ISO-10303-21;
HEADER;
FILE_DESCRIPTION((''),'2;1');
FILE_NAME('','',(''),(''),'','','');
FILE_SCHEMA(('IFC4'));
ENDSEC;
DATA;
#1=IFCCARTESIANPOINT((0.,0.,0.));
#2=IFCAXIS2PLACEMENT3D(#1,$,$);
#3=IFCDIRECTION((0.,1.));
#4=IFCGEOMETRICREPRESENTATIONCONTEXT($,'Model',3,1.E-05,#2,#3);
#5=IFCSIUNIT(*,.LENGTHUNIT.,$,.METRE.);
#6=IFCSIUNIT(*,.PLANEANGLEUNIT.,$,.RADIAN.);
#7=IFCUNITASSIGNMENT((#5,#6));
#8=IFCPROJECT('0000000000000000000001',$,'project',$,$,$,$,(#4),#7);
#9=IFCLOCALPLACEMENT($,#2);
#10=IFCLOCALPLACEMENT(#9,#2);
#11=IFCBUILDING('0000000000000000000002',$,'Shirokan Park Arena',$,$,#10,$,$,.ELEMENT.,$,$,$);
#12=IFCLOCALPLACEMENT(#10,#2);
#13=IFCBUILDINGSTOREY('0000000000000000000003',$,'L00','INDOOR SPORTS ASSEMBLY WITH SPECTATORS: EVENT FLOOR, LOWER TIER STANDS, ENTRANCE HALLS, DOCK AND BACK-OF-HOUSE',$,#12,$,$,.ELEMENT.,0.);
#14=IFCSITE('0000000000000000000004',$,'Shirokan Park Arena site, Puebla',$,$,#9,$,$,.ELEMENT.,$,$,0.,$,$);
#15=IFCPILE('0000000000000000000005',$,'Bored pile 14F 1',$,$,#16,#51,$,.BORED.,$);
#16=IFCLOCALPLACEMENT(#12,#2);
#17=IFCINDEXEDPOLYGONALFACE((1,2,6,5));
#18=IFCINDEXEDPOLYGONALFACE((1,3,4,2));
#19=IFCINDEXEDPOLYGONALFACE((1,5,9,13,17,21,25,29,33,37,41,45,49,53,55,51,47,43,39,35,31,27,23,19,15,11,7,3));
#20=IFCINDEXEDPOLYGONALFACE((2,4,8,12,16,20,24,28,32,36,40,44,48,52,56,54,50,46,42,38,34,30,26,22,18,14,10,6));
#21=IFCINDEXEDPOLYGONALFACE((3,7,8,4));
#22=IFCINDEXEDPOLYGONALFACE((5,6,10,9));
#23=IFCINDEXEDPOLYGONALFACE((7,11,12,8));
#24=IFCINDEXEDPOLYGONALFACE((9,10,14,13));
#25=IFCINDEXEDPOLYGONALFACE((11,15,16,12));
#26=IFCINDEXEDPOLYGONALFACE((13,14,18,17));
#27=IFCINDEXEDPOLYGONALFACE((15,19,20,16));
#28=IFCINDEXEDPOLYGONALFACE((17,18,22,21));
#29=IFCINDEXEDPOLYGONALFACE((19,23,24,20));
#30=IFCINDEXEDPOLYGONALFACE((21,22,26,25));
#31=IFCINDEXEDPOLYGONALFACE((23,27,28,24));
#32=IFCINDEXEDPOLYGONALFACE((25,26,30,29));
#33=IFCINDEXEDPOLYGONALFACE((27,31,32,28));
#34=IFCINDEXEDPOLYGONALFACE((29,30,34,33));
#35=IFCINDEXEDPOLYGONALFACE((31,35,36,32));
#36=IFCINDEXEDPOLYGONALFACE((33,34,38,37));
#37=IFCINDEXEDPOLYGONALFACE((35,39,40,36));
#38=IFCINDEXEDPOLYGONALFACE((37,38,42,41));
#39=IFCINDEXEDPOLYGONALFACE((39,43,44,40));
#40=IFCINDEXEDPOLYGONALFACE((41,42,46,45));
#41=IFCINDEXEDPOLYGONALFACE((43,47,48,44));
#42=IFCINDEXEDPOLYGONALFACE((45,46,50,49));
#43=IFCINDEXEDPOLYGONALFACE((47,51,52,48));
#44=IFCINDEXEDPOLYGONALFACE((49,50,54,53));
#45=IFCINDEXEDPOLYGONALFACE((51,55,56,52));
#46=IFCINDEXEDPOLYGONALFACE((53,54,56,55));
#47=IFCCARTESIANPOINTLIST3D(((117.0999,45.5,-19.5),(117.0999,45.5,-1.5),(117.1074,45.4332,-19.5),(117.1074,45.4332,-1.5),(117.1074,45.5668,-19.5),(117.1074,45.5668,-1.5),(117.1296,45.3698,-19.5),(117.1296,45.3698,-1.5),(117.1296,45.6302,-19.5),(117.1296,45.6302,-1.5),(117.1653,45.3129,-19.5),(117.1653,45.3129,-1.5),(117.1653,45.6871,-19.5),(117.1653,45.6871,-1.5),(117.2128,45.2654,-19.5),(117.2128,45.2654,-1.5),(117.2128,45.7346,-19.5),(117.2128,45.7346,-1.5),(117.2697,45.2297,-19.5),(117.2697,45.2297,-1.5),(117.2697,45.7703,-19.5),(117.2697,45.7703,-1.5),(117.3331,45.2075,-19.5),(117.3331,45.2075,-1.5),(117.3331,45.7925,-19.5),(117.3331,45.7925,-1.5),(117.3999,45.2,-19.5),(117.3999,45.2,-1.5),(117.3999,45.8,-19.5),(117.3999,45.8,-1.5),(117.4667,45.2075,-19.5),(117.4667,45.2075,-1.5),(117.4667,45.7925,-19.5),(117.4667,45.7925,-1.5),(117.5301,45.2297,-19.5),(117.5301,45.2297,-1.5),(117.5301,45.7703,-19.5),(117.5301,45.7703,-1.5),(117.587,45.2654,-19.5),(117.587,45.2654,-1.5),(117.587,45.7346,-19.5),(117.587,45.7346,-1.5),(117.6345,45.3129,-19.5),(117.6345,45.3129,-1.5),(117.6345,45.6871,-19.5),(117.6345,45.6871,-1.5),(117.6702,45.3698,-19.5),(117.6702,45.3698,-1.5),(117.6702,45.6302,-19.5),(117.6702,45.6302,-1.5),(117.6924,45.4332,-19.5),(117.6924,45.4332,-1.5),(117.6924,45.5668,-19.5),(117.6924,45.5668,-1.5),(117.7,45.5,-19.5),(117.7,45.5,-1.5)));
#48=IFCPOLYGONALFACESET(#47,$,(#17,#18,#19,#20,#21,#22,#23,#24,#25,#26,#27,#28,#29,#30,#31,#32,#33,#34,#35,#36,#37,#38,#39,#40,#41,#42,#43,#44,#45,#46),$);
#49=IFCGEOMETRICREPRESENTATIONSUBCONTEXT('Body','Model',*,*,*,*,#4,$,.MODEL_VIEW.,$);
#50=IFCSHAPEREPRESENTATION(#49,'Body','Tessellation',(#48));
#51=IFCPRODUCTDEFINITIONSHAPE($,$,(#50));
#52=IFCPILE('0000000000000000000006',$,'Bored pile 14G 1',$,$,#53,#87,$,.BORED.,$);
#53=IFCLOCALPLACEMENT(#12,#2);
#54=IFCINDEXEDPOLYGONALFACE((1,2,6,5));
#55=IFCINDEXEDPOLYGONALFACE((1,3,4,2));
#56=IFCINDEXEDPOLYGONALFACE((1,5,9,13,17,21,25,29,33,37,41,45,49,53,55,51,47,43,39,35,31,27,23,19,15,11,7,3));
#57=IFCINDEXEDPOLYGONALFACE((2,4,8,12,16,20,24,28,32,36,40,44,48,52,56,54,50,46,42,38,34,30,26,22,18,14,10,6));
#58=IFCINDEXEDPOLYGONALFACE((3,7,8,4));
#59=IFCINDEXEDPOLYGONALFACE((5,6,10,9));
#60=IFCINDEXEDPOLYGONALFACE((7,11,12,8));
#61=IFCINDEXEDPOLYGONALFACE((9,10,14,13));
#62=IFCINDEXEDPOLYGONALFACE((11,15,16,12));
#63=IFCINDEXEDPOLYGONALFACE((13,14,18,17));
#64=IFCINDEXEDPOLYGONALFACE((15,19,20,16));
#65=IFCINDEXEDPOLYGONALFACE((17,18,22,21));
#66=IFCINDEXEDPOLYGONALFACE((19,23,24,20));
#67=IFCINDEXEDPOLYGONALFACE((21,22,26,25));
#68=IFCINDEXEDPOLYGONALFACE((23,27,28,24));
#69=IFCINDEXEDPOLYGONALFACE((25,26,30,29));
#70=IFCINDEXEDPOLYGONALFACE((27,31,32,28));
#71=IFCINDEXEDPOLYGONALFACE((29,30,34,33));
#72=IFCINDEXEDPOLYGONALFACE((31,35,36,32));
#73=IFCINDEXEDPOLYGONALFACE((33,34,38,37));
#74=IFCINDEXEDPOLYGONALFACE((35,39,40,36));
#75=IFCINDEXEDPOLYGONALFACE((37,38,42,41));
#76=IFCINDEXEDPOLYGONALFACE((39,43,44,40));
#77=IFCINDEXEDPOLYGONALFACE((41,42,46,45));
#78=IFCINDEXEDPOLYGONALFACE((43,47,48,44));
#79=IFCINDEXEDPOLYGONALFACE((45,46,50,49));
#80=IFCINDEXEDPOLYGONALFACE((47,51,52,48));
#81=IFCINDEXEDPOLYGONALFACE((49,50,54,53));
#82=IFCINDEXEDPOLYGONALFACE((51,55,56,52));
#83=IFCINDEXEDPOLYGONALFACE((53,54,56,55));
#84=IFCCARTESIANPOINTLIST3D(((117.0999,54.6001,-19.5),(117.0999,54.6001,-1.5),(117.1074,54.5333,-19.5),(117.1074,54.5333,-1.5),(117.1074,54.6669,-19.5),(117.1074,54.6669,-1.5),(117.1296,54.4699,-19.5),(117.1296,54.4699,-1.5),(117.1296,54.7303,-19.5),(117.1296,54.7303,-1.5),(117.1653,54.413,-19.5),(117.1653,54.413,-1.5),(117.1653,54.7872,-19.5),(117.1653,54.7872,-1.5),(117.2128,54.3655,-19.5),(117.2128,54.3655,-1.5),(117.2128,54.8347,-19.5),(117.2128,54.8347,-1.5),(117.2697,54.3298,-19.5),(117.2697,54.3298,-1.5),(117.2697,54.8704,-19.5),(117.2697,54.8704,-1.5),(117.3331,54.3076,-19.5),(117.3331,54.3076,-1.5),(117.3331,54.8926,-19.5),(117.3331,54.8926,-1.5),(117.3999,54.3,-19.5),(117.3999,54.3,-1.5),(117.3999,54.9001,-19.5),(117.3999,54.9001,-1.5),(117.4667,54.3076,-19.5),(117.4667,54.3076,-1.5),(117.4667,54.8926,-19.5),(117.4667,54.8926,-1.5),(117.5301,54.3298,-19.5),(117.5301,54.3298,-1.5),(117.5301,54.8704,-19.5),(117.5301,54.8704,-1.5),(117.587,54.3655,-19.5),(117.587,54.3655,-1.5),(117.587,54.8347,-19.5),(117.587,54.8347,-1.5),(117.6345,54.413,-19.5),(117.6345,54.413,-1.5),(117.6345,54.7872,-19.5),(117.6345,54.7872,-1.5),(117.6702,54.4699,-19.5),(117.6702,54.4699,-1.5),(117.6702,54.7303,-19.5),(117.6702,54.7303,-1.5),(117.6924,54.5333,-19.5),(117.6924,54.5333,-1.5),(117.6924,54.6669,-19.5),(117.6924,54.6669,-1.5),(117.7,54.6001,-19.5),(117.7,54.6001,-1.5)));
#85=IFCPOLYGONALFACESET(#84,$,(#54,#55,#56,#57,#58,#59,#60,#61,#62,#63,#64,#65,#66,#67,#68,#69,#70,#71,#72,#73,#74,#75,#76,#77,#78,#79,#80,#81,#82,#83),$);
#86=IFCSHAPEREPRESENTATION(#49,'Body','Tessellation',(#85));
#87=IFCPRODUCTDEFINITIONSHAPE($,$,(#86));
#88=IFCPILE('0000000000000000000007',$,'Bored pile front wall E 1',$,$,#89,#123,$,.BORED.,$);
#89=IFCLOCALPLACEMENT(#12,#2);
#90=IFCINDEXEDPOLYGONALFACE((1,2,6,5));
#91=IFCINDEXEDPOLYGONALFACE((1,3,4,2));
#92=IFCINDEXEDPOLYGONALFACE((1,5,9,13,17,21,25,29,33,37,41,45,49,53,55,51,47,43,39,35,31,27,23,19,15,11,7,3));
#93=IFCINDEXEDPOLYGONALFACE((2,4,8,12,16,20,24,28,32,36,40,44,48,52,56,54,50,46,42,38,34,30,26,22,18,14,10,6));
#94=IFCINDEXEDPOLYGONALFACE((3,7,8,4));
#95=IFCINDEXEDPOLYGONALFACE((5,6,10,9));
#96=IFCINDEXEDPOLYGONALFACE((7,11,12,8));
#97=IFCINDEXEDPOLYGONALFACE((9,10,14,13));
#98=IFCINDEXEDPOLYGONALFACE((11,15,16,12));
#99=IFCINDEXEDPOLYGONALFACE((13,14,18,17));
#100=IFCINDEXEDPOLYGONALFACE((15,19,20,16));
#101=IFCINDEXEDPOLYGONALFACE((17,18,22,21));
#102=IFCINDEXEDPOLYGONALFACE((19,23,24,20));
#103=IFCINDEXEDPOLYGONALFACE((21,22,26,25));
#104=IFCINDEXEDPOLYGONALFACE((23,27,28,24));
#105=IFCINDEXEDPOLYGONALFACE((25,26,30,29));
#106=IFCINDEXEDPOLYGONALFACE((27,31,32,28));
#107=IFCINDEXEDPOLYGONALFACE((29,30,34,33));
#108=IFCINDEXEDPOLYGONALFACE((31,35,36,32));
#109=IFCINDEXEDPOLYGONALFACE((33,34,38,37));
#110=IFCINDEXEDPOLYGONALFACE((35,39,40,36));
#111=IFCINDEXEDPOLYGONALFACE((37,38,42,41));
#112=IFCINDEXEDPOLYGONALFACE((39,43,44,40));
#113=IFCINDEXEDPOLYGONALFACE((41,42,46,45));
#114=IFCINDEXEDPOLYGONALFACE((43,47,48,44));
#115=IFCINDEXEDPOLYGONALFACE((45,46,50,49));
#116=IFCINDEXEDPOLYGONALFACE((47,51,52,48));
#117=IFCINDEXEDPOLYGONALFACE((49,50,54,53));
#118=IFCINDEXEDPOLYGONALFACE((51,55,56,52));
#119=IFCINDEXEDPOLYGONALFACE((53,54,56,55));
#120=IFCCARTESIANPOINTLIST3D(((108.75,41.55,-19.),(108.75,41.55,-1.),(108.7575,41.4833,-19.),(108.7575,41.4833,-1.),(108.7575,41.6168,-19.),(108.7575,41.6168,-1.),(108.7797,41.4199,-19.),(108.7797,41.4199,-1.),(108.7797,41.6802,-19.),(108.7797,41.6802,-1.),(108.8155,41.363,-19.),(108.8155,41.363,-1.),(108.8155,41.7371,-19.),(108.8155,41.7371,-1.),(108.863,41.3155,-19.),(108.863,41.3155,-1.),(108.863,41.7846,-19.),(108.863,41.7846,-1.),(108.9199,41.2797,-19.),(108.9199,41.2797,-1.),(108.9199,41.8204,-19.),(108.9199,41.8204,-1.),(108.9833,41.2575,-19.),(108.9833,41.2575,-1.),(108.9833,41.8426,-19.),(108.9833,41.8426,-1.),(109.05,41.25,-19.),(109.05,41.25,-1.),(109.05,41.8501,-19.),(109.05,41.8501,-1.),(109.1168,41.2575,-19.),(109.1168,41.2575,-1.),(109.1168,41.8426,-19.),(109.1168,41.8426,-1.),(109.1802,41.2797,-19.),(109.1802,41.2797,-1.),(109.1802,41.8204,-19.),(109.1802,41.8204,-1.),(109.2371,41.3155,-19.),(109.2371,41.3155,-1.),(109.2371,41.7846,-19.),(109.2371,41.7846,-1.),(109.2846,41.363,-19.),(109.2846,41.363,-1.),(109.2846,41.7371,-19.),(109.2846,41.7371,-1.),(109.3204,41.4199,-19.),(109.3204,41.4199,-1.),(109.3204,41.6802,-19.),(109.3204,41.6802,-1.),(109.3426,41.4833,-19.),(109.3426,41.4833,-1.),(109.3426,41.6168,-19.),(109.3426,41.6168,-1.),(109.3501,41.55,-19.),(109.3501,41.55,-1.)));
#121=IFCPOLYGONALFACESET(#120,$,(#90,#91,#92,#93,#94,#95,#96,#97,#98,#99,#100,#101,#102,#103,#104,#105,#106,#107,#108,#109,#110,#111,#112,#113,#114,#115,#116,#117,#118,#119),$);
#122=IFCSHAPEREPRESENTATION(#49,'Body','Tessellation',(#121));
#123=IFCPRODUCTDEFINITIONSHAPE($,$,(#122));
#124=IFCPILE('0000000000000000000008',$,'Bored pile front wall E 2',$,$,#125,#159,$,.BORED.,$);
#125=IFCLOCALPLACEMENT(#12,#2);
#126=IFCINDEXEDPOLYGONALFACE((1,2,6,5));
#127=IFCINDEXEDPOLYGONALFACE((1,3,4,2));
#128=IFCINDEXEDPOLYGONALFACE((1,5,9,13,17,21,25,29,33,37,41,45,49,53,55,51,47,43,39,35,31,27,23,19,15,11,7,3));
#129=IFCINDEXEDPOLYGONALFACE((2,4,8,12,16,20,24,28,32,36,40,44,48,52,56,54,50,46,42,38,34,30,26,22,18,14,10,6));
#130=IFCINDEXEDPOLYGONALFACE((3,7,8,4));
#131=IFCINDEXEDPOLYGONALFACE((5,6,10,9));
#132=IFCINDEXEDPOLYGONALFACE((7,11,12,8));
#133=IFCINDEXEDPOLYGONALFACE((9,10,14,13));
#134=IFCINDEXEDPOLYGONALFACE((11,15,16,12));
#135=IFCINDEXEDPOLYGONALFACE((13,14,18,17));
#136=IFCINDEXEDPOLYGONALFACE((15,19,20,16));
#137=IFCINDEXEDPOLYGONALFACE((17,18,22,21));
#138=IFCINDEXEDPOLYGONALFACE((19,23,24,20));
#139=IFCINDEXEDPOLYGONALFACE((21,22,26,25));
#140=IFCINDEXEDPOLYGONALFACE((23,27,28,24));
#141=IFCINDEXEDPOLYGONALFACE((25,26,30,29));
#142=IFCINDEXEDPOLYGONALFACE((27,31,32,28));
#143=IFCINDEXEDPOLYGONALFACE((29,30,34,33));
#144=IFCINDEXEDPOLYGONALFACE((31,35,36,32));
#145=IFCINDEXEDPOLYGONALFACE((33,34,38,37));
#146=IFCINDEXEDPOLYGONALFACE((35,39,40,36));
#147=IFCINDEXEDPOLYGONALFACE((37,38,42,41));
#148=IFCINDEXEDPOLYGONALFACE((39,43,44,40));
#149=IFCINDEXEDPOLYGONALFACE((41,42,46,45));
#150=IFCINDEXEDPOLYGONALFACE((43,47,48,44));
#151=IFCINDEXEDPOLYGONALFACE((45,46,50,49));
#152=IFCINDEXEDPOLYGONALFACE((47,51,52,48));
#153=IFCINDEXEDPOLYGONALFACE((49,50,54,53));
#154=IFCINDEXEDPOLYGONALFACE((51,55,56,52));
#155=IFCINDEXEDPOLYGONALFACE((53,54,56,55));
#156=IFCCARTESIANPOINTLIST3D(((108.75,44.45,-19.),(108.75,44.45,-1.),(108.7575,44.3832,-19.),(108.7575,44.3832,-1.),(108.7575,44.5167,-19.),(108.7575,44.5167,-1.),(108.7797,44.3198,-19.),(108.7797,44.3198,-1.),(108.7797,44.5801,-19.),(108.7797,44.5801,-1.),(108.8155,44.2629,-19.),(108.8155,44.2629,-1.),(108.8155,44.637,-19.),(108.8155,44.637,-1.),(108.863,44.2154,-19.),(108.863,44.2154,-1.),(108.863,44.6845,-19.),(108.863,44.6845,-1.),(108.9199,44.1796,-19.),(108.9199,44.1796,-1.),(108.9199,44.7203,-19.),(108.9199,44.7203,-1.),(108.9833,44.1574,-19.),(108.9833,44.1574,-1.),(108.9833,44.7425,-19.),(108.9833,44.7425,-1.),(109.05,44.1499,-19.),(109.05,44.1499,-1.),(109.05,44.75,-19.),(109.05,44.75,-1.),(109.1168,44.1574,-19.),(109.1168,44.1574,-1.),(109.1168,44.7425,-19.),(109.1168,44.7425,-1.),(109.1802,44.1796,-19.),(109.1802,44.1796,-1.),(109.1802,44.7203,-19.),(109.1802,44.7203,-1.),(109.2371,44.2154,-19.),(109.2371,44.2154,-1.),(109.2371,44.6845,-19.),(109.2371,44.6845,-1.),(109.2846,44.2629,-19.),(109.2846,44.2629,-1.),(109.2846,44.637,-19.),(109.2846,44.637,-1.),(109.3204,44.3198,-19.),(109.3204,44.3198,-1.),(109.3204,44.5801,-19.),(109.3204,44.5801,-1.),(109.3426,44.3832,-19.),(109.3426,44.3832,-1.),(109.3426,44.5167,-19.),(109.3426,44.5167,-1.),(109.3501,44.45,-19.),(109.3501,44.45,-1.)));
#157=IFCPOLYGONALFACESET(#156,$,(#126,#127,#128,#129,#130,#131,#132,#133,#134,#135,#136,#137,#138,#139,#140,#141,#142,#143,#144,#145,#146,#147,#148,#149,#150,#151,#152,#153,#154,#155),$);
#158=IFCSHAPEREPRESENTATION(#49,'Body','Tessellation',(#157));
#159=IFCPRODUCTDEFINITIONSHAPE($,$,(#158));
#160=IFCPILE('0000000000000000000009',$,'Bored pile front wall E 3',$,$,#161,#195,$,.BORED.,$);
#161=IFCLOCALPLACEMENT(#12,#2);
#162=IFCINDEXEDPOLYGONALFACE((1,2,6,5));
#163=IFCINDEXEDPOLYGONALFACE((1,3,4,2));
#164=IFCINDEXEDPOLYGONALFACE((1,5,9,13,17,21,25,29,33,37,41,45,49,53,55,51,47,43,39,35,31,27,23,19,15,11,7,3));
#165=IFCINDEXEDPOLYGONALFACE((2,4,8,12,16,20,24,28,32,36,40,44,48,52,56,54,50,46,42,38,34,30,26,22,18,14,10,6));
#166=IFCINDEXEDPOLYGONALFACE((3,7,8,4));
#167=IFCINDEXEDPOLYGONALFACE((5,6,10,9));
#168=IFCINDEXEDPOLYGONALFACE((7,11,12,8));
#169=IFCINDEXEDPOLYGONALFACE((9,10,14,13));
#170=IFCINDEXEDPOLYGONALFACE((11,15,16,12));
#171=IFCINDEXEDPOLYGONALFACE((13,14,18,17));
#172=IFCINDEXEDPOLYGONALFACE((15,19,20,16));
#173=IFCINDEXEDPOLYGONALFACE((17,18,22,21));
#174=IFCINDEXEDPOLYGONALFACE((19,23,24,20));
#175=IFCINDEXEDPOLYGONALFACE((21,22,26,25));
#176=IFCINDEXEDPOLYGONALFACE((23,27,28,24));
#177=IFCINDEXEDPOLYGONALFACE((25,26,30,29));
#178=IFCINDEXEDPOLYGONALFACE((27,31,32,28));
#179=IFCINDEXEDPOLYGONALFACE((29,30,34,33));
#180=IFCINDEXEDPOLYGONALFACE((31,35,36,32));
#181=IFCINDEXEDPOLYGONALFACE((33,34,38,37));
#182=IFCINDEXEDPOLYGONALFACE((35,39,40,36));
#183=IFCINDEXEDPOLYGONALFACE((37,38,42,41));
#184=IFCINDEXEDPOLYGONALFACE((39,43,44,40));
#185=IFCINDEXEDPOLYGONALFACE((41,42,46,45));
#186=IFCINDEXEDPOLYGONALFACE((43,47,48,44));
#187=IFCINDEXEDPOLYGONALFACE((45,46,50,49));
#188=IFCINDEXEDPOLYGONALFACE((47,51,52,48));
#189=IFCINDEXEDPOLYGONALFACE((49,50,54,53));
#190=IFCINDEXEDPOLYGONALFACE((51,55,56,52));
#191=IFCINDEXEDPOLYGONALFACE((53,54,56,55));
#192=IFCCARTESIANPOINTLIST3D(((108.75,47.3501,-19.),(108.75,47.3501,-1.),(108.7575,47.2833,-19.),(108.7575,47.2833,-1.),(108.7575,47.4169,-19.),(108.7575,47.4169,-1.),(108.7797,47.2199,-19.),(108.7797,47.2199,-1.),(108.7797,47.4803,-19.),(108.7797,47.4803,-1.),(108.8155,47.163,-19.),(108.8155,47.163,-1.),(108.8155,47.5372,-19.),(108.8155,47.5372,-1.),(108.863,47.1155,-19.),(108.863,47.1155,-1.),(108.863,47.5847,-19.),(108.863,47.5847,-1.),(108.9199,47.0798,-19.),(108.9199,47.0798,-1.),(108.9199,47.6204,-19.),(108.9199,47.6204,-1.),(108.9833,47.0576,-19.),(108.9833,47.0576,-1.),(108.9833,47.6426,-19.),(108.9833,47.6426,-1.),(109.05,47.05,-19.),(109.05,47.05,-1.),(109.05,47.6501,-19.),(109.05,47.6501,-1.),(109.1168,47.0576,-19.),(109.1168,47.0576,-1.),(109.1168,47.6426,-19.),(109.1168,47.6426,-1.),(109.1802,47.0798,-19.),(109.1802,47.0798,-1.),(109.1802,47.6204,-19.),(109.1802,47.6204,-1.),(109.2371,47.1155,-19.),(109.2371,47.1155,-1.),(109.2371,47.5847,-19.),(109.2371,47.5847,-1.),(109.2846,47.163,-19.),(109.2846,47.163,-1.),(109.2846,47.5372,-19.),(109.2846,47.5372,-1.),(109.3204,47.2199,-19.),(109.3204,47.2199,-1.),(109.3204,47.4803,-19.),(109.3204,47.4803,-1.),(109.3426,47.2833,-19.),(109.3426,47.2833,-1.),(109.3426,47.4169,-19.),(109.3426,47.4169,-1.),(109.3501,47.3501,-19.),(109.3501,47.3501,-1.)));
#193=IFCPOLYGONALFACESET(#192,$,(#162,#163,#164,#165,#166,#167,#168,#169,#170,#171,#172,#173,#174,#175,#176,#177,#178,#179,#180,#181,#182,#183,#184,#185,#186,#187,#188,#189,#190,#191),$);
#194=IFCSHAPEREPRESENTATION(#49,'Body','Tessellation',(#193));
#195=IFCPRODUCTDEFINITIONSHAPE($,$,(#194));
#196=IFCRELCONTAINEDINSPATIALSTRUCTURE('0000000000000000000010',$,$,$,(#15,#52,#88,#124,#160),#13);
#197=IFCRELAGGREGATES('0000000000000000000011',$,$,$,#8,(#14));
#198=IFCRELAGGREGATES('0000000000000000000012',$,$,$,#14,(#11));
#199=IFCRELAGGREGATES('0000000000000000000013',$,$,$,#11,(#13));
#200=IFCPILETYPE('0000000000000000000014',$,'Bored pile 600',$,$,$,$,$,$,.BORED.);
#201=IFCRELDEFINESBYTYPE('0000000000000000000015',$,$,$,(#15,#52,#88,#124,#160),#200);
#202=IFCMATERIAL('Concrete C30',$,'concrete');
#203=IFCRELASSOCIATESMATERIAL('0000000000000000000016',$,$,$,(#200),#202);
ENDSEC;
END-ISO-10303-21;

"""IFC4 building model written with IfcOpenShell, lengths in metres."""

from ifc_helpers import new_model, si_unit, direction, frame, origin, origin_2d, place, context, subcontext, project, spatial, circle, extrude, material, material_profile, profile_set, type_object, element, save


model = new_model("IFC4")

# Units and contexts
model_context = context("Model", 3, precision=1e-05, world=origin(), true_north=direction((0.0, 1.0)))
body_context = subcontext(model_context, "Body", "Model", "MODEL_VIEW")
ifc_project = project(units=[si_unit("LENGTHUNIT", "METRE"), si_unit("PLANEANGLEUNIT", "RADIAN")], contexts=[model_context])

# Site, building, storey
site_placement = place(None, origin())
site = spatial("IfcSite", under=ifc_project, at=site_placement, Name="Shirokan Park Arena site, Puebla", CompositionType="ELEMENT", RefElevation=0.0)
building_placement = place(site_placement, origin())
building = spatial("IfcBuilding", under=site, at=building_placement, Name="Shirokan Park Arena", CompositionType="ELEMENT")
storey_placement = place(building_placement, origin())
storey = spatial("IfcBuildingStorey", under=building, at=storey_placement, Name="L00", Description="INDOOR SPORTS ASSEMBLY WITH SPECTATORS: EVENT FLOOR, LOWER TIER STANDS, ENTRANCE HALLS, DOCK AND BACK-OF-HOUSE", CompositionType="ELEMENT", Elevation=0.0)

# Piles
ifc_material_1 = material(Name="Concrete C30", Category="concrete")
ifc_material_profile_1 = material_profile(ifc_material_1, circle(Radius=0.3, at=origin_2d()), Name="D600")
ifc_profile_set_1 = profile_set([ifc_material_profile_1], Name="Concrete C30")
pile_type_1 = type_object("IfcPileType", Name="Bored pile 600", PredefinedType="BORED", material=ifc_profile_set_1)
for number, where, z_axis, x_axis, name in (
    (1, (117.3999, 45.5, -1.5), (0.0, 0.0, -1.0), (1.0, 0.0, 0.0), "Bored pile 14F 1"),
    (2, (117.3999, 54.6001, -1.5), (0.0, 0.0, -1.0), (1.0, 0.0, 0.0), "Bored pile 14G 1"),
    (3, (109.05, 41.55, -1.0), (0.0, 0.0, -1.0), (1.0, 0.0, 0.0), "Bored pile front wall E 1"),
    (4, (109.05, 44.45, -1.0), (0.0, 0.0, -1.0), (1.0, 0.0, 0.0), "Bored pile front wall E 2"),
    (5, (109.05, 47.3501, -1.0), (0.0, 0.0, -1.0), (1.0, 0.0, 0.0), "Bored pile front wall E 3"),
):
    element("IfcPile", number, at=place(storey_placement, frame(where, z_axis=z_axis, x_axis=x_axis)), inside=storey, type_object=pile_type_1, Name=name, PredefinedType="BORED", context=body_context, shape_type="SweptSolid", body=[
        extrude(circle(Radius=0.3, at=origin_2d()), origin(), (0.0, 0.0, 1.0), 18.0),
    ])

save(model, "model.ifc")
